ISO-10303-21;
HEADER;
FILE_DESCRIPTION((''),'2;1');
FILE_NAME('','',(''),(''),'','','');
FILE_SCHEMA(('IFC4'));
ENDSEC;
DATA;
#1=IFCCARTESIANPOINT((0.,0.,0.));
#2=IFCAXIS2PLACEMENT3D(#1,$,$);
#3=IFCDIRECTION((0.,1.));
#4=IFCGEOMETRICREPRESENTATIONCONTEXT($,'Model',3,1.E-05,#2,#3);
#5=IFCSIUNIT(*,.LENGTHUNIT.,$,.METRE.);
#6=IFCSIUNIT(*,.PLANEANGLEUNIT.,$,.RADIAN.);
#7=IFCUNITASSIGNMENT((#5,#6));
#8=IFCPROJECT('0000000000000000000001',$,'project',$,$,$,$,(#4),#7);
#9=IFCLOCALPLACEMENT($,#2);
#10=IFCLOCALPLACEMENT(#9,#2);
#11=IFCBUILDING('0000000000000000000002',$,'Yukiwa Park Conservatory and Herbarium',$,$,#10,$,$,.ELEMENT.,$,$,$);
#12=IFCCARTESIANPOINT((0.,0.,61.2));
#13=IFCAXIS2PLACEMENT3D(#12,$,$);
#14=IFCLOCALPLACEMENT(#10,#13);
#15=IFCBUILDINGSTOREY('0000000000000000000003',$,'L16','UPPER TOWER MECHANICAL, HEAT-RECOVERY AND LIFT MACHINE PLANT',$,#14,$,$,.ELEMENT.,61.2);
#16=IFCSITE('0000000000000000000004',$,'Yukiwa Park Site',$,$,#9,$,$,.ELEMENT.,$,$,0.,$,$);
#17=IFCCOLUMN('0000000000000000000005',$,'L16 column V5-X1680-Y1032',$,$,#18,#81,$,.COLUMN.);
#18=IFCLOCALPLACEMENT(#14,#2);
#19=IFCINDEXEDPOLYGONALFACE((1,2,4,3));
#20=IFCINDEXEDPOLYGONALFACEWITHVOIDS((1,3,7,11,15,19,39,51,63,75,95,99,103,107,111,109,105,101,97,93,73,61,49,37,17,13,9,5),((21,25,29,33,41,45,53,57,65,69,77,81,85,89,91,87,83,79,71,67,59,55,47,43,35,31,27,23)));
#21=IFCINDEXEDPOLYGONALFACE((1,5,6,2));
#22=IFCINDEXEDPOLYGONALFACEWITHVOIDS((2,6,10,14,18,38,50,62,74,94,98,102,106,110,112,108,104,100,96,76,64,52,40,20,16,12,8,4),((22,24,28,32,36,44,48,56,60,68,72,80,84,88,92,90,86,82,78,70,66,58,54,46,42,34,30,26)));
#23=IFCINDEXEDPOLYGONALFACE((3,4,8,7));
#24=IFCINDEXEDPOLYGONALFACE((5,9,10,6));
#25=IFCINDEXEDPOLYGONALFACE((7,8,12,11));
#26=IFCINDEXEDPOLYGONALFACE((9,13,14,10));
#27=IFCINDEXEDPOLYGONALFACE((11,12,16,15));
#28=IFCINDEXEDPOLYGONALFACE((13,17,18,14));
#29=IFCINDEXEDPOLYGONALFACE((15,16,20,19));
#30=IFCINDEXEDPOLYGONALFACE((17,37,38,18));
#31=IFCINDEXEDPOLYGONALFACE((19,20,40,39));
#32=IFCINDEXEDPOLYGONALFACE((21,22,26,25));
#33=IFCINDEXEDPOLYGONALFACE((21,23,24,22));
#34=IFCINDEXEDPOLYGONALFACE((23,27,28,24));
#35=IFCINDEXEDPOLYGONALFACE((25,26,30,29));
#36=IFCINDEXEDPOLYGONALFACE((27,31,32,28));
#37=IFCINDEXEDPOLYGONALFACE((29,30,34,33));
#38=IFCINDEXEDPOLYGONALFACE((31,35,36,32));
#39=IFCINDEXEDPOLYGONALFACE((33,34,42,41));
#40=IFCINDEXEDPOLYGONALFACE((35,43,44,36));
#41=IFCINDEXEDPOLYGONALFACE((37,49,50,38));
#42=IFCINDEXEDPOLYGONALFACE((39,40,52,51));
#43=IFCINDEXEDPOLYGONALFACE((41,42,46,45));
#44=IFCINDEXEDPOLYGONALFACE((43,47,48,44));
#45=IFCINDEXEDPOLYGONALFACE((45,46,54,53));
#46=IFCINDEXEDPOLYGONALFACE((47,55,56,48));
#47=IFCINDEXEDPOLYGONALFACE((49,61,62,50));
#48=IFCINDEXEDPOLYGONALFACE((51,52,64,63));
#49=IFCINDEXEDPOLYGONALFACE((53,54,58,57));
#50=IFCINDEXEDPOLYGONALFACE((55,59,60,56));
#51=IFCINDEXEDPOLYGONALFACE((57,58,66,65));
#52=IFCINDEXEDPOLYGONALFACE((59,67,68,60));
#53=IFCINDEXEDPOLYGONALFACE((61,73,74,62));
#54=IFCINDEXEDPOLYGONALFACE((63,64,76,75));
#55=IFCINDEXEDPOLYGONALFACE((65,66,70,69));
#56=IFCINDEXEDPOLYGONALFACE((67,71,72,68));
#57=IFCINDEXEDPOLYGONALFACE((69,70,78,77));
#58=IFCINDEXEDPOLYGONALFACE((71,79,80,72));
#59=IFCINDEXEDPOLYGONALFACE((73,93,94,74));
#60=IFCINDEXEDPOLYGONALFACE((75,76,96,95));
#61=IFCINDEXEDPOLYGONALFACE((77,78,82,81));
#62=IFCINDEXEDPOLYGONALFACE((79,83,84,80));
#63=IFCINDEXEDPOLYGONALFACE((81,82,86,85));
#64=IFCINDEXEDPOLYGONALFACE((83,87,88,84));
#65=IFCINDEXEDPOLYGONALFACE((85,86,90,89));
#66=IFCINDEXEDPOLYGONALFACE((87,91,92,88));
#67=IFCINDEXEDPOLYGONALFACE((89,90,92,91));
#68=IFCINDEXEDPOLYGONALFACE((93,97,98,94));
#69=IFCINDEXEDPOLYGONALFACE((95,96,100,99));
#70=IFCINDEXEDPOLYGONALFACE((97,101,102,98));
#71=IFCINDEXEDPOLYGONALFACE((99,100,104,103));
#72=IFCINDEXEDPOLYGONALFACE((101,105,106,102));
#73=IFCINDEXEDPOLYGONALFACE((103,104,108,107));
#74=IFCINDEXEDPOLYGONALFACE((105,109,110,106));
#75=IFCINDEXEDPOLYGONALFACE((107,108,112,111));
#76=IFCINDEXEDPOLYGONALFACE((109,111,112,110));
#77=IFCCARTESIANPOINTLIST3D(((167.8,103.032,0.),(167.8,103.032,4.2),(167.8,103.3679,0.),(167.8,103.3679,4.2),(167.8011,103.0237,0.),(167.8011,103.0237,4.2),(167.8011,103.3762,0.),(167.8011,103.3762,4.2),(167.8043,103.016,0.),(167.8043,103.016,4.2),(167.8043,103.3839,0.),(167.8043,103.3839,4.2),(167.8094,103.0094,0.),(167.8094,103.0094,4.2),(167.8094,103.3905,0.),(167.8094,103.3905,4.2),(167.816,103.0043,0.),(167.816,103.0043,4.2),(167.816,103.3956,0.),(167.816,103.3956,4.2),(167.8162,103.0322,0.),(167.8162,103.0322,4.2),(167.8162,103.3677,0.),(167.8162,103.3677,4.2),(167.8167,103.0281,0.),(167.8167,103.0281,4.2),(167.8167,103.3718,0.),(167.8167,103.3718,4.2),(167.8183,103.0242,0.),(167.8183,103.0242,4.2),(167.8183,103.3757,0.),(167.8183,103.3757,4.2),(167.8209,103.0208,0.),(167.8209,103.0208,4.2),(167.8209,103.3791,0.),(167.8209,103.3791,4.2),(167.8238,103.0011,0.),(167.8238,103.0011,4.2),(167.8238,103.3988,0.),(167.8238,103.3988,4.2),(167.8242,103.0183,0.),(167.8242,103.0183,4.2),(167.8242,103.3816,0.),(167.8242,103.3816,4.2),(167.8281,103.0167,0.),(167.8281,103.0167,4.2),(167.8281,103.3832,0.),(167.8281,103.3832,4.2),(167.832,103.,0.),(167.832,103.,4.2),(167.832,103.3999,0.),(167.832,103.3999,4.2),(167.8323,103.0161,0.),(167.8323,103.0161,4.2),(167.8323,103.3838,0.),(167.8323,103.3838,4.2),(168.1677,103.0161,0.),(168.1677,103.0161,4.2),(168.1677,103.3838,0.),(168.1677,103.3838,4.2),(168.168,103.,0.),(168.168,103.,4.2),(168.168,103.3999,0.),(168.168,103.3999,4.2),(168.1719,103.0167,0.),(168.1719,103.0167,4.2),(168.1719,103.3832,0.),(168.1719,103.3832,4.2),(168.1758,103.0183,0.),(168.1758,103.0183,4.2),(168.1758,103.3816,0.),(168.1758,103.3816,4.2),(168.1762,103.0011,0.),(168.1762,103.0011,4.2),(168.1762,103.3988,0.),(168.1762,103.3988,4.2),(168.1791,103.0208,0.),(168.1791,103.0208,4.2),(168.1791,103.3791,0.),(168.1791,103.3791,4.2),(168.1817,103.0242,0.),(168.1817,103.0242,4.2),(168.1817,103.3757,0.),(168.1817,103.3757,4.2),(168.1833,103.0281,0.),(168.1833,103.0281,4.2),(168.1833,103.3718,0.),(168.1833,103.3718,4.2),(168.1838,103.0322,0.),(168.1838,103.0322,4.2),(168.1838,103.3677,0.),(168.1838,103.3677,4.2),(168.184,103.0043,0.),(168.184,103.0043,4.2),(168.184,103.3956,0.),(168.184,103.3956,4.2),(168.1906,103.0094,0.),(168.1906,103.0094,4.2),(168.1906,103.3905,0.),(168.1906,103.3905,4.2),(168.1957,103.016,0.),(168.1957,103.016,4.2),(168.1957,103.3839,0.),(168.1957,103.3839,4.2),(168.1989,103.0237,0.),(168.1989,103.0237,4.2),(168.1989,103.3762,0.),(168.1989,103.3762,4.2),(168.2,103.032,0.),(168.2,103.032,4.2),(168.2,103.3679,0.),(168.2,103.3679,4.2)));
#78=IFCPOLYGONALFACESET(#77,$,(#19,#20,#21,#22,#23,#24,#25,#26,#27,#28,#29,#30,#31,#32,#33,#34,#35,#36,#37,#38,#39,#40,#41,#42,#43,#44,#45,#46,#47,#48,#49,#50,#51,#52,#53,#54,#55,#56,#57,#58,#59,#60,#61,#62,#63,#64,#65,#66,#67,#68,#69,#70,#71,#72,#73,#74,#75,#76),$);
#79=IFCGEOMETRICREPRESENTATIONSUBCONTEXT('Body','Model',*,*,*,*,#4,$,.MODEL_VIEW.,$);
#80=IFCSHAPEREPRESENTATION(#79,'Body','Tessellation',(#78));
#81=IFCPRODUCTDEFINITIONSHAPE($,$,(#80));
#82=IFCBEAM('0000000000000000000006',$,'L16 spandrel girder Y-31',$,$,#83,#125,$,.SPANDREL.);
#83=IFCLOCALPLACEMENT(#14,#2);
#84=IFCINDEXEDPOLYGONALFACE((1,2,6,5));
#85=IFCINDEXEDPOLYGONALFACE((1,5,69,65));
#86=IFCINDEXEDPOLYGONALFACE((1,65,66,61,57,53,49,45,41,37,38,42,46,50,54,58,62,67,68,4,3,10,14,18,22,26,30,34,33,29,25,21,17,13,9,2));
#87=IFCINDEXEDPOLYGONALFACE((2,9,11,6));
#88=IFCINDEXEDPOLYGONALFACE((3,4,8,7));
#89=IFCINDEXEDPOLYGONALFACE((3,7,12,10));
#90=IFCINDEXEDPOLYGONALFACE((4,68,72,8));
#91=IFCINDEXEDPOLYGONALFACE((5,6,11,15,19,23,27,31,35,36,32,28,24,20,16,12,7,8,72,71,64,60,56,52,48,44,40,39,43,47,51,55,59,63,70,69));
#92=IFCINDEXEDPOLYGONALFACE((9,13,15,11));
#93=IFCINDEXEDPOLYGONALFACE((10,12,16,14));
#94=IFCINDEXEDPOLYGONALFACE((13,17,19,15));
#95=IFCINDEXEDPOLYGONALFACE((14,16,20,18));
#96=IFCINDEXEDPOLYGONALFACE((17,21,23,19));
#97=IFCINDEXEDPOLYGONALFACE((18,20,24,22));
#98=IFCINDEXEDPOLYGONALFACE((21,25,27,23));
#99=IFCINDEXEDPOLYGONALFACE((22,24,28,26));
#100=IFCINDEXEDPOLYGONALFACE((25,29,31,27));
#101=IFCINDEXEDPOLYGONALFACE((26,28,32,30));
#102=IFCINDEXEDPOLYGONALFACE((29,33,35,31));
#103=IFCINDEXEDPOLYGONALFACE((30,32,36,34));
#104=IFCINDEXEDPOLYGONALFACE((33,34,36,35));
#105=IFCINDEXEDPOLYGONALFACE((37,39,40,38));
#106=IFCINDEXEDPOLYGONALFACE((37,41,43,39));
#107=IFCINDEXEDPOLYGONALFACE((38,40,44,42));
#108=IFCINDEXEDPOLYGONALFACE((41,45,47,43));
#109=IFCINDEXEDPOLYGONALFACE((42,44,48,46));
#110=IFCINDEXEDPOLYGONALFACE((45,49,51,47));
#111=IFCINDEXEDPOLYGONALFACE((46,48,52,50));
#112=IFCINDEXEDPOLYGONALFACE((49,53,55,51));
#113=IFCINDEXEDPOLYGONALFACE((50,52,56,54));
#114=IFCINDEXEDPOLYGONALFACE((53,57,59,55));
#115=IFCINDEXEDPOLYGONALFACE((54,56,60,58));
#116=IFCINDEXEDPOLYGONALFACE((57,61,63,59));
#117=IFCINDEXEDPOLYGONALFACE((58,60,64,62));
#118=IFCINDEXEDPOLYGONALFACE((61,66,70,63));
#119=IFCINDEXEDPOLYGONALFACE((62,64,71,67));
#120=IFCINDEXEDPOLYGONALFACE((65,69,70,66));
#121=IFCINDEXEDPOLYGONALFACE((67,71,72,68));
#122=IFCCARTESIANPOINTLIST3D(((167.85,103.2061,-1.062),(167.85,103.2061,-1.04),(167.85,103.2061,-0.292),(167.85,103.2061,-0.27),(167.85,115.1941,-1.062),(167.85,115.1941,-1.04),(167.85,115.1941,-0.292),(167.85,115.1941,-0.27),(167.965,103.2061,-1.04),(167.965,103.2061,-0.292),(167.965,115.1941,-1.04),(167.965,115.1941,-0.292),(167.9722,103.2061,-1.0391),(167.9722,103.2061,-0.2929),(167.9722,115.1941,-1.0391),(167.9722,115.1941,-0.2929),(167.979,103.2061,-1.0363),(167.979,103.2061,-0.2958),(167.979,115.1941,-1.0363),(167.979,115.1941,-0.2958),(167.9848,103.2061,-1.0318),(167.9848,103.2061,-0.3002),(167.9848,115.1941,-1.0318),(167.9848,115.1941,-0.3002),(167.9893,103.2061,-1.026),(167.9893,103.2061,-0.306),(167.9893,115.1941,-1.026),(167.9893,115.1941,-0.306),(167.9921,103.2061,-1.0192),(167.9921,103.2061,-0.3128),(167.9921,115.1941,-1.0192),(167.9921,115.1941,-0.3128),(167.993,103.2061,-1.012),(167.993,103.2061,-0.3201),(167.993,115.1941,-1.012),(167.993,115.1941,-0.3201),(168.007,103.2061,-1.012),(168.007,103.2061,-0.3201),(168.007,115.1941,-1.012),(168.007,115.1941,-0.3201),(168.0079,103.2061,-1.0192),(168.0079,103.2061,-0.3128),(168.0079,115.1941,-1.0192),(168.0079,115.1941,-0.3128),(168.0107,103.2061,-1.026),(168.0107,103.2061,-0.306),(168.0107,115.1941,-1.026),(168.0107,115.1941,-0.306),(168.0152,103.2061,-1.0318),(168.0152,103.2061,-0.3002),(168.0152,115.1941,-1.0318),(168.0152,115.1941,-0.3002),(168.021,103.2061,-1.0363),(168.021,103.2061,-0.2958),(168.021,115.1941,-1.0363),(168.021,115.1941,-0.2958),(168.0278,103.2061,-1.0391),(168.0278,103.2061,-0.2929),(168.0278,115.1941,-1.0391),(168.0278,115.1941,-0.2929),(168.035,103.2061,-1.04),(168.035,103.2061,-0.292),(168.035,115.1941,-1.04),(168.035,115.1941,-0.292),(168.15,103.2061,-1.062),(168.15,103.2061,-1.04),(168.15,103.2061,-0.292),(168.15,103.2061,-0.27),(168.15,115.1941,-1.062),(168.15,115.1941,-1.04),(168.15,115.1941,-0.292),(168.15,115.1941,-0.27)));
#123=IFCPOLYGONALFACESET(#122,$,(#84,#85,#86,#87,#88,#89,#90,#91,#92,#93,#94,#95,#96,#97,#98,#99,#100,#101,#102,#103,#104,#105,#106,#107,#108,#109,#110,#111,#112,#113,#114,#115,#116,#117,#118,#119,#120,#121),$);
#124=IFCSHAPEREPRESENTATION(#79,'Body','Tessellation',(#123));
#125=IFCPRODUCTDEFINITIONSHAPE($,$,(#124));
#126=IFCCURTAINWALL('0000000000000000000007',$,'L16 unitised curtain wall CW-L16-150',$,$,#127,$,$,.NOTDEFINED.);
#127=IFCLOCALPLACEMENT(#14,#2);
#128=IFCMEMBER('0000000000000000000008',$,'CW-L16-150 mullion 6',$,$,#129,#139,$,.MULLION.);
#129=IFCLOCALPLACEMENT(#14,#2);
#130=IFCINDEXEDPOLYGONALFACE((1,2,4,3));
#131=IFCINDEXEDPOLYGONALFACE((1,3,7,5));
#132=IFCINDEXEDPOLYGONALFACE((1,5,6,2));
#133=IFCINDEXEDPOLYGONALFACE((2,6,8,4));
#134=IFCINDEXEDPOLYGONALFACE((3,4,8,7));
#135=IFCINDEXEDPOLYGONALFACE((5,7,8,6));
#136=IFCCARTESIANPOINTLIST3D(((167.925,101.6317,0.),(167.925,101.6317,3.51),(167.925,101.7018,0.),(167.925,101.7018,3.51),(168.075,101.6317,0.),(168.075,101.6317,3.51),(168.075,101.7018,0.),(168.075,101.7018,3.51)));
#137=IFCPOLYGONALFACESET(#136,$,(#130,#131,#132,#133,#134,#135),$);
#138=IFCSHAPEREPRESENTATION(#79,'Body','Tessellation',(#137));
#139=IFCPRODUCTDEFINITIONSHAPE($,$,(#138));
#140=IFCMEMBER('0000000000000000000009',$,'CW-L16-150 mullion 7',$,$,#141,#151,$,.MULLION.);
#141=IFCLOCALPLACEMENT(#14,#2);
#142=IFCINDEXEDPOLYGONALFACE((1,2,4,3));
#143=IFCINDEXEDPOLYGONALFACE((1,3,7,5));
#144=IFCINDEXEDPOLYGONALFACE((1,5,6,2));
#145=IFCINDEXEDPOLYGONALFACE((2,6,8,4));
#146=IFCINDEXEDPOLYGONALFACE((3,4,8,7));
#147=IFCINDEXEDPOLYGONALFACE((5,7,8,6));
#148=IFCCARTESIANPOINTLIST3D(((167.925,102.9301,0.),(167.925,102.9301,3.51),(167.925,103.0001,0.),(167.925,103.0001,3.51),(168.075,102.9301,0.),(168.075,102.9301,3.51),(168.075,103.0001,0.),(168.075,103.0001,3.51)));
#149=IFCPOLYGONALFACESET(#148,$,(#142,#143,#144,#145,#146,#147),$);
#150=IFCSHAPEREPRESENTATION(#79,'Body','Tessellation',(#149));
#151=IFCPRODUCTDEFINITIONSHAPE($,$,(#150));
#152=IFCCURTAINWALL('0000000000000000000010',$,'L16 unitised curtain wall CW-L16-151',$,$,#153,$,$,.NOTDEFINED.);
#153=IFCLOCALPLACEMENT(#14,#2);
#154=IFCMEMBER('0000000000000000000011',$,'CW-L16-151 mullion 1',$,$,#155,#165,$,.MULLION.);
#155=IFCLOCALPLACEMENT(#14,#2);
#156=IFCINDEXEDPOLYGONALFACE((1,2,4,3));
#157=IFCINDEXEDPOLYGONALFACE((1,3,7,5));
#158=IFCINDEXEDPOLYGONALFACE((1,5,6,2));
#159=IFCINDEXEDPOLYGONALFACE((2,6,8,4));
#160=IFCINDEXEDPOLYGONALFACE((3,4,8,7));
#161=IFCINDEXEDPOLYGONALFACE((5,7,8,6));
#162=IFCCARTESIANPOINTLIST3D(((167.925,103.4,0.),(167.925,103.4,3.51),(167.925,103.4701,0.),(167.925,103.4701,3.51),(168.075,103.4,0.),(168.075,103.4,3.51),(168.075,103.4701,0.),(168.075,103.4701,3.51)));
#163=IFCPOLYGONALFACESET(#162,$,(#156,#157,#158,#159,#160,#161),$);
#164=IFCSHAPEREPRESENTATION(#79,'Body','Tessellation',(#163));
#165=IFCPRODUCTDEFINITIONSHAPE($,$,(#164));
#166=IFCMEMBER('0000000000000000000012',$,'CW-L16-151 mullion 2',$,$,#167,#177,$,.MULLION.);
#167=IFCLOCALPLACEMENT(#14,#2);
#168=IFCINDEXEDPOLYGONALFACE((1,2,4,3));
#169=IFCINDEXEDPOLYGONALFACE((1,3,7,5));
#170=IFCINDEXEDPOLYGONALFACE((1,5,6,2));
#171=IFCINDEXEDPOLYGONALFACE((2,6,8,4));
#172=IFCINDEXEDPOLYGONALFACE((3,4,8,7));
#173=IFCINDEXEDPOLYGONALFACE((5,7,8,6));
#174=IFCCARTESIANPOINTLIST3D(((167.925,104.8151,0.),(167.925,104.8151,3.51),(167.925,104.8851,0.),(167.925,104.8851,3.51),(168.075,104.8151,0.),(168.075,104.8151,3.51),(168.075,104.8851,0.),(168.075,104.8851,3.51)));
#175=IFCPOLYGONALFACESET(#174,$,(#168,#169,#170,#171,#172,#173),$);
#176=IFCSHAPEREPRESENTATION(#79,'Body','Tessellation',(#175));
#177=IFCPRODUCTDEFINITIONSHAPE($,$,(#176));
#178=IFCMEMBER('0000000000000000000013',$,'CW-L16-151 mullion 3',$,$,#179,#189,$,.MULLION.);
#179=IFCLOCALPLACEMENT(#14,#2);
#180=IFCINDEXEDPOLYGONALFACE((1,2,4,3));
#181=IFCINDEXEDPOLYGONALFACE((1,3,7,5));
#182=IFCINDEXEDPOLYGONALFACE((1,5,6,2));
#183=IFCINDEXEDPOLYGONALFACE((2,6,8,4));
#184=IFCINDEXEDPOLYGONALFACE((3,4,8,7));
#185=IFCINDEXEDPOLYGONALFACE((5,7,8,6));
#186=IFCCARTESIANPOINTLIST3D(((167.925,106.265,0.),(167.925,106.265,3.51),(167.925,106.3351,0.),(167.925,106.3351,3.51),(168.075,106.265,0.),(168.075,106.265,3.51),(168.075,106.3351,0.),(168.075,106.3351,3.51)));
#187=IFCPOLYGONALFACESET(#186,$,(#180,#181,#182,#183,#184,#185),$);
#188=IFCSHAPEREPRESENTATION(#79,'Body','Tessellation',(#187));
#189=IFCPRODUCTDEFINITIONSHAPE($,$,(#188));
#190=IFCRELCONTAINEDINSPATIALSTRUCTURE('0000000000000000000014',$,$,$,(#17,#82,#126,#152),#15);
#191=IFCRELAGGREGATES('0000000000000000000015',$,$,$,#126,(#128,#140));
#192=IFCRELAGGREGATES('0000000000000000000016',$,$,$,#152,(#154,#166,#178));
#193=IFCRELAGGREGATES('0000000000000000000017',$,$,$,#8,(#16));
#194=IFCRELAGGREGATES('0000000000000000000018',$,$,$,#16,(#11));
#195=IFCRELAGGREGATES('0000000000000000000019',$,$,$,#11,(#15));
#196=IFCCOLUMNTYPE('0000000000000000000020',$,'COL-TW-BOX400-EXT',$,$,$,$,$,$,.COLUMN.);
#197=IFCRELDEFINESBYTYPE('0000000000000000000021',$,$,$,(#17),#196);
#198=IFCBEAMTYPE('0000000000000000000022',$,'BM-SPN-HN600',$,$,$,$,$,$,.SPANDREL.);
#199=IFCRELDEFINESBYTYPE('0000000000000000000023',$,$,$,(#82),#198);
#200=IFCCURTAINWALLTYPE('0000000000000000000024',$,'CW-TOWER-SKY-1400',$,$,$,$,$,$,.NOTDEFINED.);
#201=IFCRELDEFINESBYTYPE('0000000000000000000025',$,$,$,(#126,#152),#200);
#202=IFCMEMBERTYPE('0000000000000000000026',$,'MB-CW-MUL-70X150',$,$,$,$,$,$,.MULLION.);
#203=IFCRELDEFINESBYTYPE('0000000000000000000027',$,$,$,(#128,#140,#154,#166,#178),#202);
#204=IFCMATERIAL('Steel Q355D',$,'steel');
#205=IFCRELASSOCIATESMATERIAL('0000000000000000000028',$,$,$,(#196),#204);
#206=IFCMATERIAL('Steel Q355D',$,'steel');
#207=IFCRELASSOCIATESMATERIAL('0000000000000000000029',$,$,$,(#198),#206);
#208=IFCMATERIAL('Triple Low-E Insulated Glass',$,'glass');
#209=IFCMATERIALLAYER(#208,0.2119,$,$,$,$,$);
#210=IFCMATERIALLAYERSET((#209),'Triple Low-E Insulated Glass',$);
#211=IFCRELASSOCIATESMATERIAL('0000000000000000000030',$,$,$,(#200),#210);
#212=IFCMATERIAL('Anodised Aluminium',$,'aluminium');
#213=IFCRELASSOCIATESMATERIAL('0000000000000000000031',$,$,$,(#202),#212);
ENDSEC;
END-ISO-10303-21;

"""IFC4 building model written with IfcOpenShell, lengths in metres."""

from ifc_helpers import new_model, si_unit, direction, frame, origin, origin_2d, place, context, subcontext, project, spatial, rectangle, hollow_rectangle, i_section, extrude, material, layer, layer_set, material_profile, profile_set, type_object, element, aggregate, save


model = new_model("IFC4")

# Units and contexts
model_context = context("Model", 3, precision=1e-05, world=origin(), true_north=direction((0.0, 1.0)))
body_context = subcontext(model_context, "Body", "Model", "MODEL_VIEW")
ifc_project = project(units=[si_unit("LENGTHUNIT", "METRE"), si_unit("PLANEANGLEUNIT", "RADIAN")], contexts=[model_context])

# Site, building, storey
site_placement = place(None, origin())
site = spatial("IfcSite", under=ifc_project, at=site_placement, Name="Yukiwa Park Site", CompositionType="ELEMENT", RefElevation=0.0)
building_placement = place(site_placement, origin())
building = spatial("IfcBuilding", under=site, at=building_placement, Name="Yukiwa Park Conservatory and Herbarium", CompositionType="ELEMENT")
storey_placement = place(building_placement, frame((0.0, 0.0, 61.2)))
storey = spatial("IfcBuildingStorey", under=building, at=storey_placement, Name="L16", Description="UPPER TOWER MECHANICAL, HEAT-RECOVERY AND LIFT MACHINE PLANT", CompositionType="ELEMENT", Elevation=61.2)

# Column
ifc_material_1 = material(Name="Steel Q355D", Category="steel")
ifc_material_profile_1 = material_profile(ifc_material_1, hollow_rectangle(XDim=0.3999, YDim=0.3999, WallThickness=0.0161, InnerFilletRadius=0.0161, OuterFilletRadius=0.032, at=origin_2d()), Name="BOX 400x400x16")
ifc_profile_set_1 = profile_set([ifc_material_profile_1], Name="Steel Q355D")
column_type = type_object("IfcColumnType", Name="COL-TW-BOX400-EXT", PredefinedType="COLUMN", material=ifc_profile_set_1)
column_placement = place(storey_placement, frame((168.0, 103.2, 0.0), z_axis=(0.0, 0.0, 1.0), x_axis=(1.0, 0.0, 0.0)))
element("IfcColumn", 1, at=column_placement, inside=storey, type_object=column_type, Name="L16 column V5-X1680-Y1032", PredefinedType="COLUMN", context=body_context, shape_type="SweptSolid", body=[
    extrude(hollow_rectangle(XDim=0.3999, YDim=0.3999, WallThickness=0.0161, InnerFilletRadius=0.0161, OuterFilletRadius=0.032, at=origin_2d()), origin(), (0.0, 0.0, 1.0), 4.2),
])

# Beam
ifc_material_2 = material(Name="Steel Q355D", Category="steel")
ifc_material_profile_2 = material_profile(ifc_material_2, i_section(OverallWidth=0.3, OverallDepth=0.792, WebThickness=0.0139, FlangeThickness=0.022, FilletRadius=0.0281, at=origin_2d()), Name="HN 792x300x14x22")
ifc_profile_set_2 = profile_set([ifc_material_profile_2], Name="Steel Q355D")
beam_type = type_object("IfcBeamType", Name="BM-SPN-HN600", PredefinedType="SPANDREL", material=ifc_profile_set_2)
beam_placement = place(storey_placement, frame((168.0, 103.2061, -0.666), z_axis=(0.0, 1.0, 0.0), x_axis=(-1.0, 0.0, 0.0)))
element("IfcBeam", 2, at=beam_placement, inside=storey, type_object=beam_type, Name="L16 spandrel girder Y-31", PredefinedType="SPANDREL", context=body_context, shape_type="SweptSolid", body=[
    extrude(i_section(OverallWidth=0.3, OverallDepth=0.792, WebThickness=0.0139, FlangeThickness=0.022, FilletRadius=0.0281, at=origin_2d()), origin(), (0.0, 0.0, 1.0), 11.988),
])

# Curtain walls, members
ifc_material_3 = material(Name="Triple Low-E Insulated Glass", Category="glass")
ifc_layer_1 = layer(ifc_material_3, 0.2119)
ifc_layer_set_1 = layer_set([ifc_layer_1], Name="Triple Low-E Insulated Glass")
curtain_wall_type = type_object("IfcCurtainWallType", Name="CW-TOWER-SKY-1400", PredefinedType="NOTDEFINED", material=ifc_layer_set_1)
curtain_wall_1_placement = place(storey_placement, origin())
curtain_wall_1 = element("IfcCurtainWall", 3, at=curtain_wall_1_placement, inside=storey, type_object=curtain_wall_type, Name="L16 unitised curtain wall CW-L16-150", PredefinedType="NOTDEFINED")
ifc_material_4 = material(Name="Anodised Aluminium", Category="aluminium")
member_type_1 = type_object("IfcMemberType", Name="MB-CW-MUL-70X150", PredefinedType="MULLION", material=ifc_material_4)
member_1_placement = place(storey_placement, frame((168.0, 101.6667, 0.0), z_axis=(0.0, 0.0, 1.0), x_axis=(0.0, 1.0, 0.0)))
member_1 = element("IfcMember", 4, at=member_1_placement, type_object=member_type_1, Name="CW-L16-150 mullion 6", PredefinedType="MULLION", context=body_context, shape_type="SweptSolid", body=[
    extrude(rectangle(XDim=0.0701, YDim=0.1499, at=origin_2d()), origin(), (0.0, 0.0, 1.0), 3.51),
])
member_2_placement = place(storey_placement, frame((168.0, 102.9651, 0.0), z_axis=(0.0, 0.0, 1.0), x_axis=(0.0, 1.0, 0.0)))
member_2 = element("IfcMember", 5, at=member_2_placement, type_object=member_type_1, Name="CW-L16-150 mullion 7", PredefinedType="MULLION", context=body_context, shape_type="SweptSolid", body=[
    extrude(rectangle(XDim=0.0701, YDim=0.1499, at=origin_2d()), origin(), (0.0, 0.0, 1.0), 3.51),
])
curtain_wall_2_placement = place(storey_placement, origin())
curtain_wall_2 = element("IfcCurtainWall", 6, at=curtain_wall_2_placement, inside=storey, type_object=curtain_wall_type, Name="L16 unitised curtain wall CW-L16-151", PredefinedType="NOTDEFINED")
member_3_placement = place(storey_placement, frame((168.0, 103.4351, 0.0), z_axis=(0.0, 0.0, 1.0), x_axis=(0.0, 1.0, 0.0)))
member_3 = element("IfcMember", 7, at=member_3_placement, type_object=member_type_1, Name="CW-L16-151 mullion 1", PredefinedType="MULLION", context=body_context, shape_type="SweptSolid", body=[
    extrude(rectangle(XDim=0.0701, YDim=0.1499, at=origin_2d()), origin(), (0.0, 0.0, 1.0), 3.51),
])
member_4_placement = place(storey_placement, frame((168.0, 104.8501, 0.0), z_axis=(0.0, 0.0, 1.0), x_axis=(0.0, 1.0, 0.0)))
member_4 = element("IfcMember", 8, at=member_4_placement, type_object=member_type_1, Name="CW-L16-151 mullion 2", PredefinedType="MULLION", context=body_context, shape_type="SweptSolid", body=[
    extrude(rectangle(XDim=0.0701, YDim=0.1499, at=origin_2d()), origin(), (0.0, 0.0, 1.0), 3.51),
])
member_5_placement = place(storey_placement, frame((168.0, 106.3, 0.0), z_axis=(0.0, 0.0, 1.0), x_axis=(0.0, 1.0, 0.0)))
member_5 = element("IfcMember", 9, at=member_5_placement, type_object=member_type_1, Name="CW-L16-151 mullion 3", PredefinedType="MULLION", context=body_context, shape_type="SweptSolid", body=[
    extrude(rectangle(XDim=0.0701, YDim=0.1499, at=origin_2d()), origin(), (0.0, 0.0, 1.0), 3.51),
])

aggregate(curtain_wall_1, [member_1, member_2])
aggregate(curtain_wall_2, [member_3, member_4, member_5])

save(model, "model.ifc")
